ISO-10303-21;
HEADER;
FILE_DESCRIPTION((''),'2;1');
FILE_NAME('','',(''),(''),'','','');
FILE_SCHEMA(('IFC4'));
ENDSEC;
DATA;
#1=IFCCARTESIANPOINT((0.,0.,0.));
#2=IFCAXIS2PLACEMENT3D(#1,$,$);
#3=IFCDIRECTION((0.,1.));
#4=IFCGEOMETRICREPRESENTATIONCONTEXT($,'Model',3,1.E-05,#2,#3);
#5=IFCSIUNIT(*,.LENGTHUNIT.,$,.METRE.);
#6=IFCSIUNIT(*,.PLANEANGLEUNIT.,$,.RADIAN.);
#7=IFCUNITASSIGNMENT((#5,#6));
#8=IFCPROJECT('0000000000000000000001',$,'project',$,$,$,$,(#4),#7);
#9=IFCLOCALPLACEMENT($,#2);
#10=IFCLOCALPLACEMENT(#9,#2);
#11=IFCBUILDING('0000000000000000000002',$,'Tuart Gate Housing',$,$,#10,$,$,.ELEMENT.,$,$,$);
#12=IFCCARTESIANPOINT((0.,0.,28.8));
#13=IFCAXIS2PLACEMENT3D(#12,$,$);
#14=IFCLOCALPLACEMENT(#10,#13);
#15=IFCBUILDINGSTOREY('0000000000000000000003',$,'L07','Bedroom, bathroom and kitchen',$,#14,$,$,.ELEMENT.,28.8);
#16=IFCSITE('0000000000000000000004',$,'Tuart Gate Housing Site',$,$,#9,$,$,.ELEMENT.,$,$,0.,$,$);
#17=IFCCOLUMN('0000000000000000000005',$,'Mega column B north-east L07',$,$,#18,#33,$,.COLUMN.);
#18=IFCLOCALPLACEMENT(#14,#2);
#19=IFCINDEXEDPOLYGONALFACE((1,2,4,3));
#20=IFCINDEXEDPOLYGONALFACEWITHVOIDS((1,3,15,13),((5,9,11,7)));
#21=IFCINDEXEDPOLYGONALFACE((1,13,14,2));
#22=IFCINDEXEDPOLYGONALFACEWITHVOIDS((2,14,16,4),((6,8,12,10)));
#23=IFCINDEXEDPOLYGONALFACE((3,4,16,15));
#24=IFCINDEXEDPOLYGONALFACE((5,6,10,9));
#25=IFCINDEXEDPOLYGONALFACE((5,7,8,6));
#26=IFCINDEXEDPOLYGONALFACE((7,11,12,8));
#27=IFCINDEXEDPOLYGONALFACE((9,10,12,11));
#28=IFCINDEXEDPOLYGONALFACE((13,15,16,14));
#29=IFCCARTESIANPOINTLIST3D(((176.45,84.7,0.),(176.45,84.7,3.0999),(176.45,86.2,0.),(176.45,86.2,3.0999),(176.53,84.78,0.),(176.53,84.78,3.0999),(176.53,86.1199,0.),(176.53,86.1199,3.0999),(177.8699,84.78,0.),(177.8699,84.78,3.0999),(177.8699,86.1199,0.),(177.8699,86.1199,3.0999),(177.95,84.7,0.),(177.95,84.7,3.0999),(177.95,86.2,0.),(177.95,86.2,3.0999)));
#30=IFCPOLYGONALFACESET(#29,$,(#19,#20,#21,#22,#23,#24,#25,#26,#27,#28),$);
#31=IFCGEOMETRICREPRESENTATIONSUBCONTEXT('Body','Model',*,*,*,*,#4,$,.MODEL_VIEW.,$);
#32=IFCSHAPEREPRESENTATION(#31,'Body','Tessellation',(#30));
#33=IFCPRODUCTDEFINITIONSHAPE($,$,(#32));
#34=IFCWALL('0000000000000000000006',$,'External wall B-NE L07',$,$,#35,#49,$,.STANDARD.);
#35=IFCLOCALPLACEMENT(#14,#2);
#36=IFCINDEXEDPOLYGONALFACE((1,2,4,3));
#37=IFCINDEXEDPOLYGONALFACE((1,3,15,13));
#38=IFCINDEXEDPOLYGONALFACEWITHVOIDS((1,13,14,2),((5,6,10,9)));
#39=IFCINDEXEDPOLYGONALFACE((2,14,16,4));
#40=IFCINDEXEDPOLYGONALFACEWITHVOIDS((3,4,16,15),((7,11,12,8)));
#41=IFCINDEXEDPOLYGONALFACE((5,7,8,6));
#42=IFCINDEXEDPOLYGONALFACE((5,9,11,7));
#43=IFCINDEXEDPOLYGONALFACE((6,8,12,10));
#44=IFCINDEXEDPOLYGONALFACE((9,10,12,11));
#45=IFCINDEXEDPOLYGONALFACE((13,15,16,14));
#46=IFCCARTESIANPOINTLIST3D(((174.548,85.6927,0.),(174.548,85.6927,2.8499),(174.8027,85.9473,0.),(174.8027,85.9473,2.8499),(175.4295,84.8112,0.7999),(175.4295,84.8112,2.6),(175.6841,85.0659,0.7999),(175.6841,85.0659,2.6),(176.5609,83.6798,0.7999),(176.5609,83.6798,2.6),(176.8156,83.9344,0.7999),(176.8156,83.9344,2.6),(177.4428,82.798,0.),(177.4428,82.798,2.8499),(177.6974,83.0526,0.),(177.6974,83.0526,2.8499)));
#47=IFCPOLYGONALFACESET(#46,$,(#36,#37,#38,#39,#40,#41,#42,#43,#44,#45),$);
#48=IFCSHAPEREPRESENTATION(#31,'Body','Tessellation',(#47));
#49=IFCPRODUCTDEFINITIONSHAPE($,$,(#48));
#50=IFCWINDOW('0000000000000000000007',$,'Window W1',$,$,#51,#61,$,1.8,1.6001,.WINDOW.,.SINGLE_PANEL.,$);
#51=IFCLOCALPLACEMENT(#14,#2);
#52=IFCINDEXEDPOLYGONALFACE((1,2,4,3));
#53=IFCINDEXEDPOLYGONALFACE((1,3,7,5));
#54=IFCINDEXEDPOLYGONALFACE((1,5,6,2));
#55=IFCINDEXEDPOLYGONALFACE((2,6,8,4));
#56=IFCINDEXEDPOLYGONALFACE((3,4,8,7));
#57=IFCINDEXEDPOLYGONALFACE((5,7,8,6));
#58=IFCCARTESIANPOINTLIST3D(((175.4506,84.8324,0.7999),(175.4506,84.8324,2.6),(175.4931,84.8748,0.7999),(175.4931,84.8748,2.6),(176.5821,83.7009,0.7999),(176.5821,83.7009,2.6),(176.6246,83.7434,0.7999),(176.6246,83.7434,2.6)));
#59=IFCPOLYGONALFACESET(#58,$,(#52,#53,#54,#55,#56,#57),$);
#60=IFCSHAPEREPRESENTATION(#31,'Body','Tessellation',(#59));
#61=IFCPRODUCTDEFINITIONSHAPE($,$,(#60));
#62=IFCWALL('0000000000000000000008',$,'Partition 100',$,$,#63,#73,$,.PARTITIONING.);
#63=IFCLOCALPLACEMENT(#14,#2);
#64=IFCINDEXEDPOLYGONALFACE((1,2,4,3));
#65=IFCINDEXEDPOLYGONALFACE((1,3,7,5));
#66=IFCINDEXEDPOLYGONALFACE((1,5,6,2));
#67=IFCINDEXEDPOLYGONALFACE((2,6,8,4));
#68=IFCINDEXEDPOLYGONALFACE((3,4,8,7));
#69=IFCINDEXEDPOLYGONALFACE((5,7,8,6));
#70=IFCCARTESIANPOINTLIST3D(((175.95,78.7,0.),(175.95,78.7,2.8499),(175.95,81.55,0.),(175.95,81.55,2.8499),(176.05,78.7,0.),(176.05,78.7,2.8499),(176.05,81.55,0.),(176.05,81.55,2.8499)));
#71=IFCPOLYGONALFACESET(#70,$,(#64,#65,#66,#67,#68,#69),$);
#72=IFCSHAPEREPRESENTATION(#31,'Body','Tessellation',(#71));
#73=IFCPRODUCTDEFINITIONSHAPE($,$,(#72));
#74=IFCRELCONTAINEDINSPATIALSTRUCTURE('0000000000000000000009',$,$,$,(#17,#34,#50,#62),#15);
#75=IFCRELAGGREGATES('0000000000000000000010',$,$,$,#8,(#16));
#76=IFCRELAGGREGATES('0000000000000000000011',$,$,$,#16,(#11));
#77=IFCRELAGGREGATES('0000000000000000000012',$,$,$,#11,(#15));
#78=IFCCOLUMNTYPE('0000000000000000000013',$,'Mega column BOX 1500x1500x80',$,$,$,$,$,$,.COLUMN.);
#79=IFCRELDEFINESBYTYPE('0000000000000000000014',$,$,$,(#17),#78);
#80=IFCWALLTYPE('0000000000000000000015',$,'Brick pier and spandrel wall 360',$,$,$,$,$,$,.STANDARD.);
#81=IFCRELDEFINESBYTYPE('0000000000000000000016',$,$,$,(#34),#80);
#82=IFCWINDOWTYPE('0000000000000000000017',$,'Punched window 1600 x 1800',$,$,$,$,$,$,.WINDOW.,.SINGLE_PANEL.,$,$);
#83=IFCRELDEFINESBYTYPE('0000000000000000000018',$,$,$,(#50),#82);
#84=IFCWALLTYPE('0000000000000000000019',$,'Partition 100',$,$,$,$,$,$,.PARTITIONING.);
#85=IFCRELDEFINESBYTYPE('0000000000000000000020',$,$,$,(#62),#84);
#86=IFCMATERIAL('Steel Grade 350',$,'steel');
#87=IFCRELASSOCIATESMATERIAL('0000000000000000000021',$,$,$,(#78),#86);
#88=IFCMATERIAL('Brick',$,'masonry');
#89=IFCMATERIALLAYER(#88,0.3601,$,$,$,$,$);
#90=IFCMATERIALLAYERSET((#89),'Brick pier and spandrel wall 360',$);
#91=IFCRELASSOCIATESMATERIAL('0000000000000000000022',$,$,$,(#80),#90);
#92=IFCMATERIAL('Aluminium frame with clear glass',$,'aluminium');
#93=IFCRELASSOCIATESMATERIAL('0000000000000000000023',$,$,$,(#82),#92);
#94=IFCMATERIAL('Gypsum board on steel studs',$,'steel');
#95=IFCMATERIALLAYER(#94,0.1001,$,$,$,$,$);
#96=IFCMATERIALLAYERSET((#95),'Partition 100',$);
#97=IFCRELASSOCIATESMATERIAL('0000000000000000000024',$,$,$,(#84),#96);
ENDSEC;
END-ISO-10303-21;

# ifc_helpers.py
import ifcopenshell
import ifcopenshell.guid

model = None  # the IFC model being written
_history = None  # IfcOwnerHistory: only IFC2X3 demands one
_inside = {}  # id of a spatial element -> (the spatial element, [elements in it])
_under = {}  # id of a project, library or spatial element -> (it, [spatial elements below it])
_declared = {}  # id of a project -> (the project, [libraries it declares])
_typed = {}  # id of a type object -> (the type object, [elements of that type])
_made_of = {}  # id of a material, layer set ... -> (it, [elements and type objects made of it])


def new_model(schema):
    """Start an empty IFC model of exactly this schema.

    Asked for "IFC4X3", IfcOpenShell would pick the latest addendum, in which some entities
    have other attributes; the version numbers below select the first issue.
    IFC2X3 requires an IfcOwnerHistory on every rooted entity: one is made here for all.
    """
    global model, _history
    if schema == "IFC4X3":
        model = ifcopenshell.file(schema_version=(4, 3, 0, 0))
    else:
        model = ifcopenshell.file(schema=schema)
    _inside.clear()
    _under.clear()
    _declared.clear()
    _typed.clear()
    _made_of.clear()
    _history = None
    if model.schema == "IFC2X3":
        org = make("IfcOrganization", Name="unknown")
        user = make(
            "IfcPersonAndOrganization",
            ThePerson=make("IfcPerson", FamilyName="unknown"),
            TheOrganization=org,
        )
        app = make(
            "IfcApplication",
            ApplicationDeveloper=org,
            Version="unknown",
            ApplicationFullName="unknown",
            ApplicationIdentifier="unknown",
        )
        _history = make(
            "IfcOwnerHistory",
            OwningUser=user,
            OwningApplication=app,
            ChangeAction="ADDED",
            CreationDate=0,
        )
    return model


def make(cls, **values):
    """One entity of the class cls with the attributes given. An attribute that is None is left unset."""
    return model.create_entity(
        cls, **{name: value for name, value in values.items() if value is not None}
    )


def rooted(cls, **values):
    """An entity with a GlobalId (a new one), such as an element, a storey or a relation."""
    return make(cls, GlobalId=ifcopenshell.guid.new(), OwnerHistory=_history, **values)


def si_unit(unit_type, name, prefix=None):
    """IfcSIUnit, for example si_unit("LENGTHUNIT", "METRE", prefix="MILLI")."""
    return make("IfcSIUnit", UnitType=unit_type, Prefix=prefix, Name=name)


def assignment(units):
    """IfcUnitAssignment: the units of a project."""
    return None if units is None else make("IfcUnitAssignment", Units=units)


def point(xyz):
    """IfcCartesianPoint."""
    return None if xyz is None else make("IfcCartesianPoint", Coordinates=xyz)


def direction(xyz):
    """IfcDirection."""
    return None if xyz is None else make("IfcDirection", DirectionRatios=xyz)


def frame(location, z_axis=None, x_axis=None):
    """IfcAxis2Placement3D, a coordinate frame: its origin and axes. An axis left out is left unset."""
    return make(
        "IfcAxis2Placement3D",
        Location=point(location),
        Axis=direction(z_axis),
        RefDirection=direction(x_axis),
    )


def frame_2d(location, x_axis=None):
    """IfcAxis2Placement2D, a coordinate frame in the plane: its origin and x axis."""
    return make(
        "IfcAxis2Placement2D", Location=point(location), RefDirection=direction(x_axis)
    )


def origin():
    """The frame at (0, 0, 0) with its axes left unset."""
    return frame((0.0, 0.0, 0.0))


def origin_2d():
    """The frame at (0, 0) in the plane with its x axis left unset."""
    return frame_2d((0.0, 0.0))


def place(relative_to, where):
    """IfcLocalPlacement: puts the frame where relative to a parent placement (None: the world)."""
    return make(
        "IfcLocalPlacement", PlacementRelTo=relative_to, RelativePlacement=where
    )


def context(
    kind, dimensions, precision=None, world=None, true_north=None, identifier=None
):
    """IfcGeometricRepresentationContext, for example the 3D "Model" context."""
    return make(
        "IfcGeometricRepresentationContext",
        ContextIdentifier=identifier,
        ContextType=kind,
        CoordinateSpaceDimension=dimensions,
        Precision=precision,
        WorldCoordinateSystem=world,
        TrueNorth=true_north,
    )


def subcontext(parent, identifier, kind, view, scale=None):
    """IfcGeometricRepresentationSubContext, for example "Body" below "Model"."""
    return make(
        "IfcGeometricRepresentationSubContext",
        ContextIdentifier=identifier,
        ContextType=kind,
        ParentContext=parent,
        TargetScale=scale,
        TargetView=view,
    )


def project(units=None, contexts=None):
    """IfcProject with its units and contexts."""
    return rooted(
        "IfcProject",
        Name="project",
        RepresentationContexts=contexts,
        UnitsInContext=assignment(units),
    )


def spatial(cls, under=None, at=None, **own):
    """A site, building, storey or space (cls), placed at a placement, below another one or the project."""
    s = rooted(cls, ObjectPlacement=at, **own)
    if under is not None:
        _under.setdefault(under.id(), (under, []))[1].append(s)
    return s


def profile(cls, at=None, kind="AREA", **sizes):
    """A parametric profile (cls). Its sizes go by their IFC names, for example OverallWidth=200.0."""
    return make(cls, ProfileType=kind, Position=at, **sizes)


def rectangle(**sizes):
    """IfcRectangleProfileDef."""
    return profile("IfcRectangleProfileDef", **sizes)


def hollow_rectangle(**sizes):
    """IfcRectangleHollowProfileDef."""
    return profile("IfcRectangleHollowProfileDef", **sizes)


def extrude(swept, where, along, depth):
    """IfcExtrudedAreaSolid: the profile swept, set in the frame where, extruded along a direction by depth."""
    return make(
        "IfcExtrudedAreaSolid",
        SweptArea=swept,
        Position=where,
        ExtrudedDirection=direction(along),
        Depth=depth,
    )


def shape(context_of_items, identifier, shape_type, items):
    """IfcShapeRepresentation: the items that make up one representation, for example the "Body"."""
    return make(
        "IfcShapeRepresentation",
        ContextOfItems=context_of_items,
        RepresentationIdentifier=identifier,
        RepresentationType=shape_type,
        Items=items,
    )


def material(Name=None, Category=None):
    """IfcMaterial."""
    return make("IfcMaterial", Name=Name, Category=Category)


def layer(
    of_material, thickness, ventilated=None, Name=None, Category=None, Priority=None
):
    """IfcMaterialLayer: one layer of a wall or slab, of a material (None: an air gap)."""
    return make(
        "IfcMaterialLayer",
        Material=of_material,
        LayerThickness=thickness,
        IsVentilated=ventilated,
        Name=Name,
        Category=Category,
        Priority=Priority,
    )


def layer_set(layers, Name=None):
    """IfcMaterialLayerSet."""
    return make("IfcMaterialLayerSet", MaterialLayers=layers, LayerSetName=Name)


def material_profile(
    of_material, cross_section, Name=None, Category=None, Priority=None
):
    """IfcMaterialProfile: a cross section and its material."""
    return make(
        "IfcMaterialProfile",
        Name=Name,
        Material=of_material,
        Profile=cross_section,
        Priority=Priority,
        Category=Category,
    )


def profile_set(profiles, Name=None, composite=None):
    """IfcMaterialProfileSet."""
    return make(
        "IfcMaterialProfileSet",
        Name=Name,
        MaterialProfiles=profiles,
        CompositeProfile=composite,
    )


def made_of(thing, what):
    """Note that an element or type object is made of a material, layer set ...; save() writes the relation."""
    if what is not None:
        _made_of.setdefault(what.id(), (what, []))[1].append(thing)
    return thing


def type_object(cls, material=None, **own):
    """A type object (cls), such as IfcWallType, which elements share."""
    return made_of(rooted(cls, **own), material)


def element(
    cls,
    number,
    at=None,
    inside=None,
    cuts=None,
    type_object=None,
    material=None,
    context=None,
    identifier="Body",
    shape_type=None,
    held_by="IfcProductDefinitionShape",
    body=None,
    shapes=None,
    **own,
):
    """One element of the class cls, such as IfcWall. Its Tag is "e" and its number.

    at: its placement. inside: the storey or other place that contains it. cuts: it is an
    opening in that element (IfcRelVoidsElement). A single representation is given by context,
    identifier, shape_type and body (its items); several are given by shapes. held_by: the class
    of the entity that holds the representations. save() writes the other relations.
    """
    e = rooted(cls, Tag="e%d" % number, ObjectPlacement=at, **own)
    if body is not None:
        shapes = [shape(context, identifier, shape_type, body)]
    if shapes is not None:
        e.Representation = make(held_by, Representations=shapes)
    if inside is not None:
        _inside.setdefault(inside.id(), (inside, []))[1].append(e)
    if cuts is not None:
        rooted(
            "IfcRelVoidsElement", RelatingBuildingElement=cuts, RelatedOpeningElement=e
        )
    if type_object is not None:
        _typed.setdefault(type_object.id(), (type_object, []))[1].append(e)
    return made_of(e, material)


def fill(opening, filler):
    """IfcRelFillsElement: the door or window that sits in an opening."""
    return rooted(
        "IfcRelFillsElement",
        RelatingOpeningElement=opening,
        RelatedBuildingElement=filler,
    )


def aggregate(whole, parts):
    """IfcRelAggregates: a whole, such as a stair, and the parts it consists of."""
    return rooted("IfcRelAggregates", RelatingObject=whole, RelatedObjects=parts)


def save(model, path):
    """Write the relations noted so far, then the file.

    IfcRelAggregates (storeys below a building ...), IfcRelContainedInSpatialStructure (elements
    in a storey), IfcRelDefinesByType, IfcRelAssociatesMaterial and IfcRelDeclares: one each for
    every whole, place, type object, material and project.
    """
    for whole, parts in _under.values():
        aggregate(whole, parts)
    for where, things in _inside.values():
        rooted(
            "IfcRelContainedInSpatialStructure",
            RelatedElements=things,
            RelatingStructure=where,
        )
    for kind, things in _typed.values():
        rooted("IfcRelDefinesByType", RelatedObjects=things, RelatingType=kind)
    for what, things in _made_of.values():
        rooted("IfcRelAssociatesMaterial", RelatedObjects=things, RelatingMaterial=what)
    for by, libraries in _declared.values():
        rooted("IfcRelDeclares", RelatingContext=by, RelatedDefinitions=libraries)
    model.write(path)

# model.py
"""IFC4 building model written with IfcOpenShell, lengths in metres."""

from ifc_helpers import new_model, si_unit, direction, frame, frame_2d, origin, origin_2d, place, context, subcontext, project, spatial, rectangle, hollow_rectangle, extrude, material, layer, layer_set, material_profile, profile_set, type_object, element, fill, save


model = new_model("IFC4")

# Units and contexts
model_context = context("Model", 3, precision=1e-05, world=origin(), true_north=direction((0.0, 1.0)))
body_context = subcontext(model_context, "Body", "Model", "MODEL_VIEW")
ifc_project = project(units=[si_unit("LENGTHUNIT", "METRE"), si_unit("PLANEANGLEUNIT", "RADIAN")], contexts=[model_context])

# Site, building, storey
site_placement = place(None, origin())
site = spatial("IfcSite", under=ifc_project, at=site_placement, Name="Tuart Gate Housing Site", CompositionType="ELEMENT", RefElevation=0.0)
building_placement = place(site_placement, origin())
building = spatial("IfcBuilding", under=site, at=building_placement, Name="Tuart Gate Housing", CompositionType="ELEMENT")
storey_placement = place(building_placement, frame((0.0, 0.0, 28.8)))
storey = spatial("IfcBuildingStorey", under=building, at=storey_placement, Name="L07", Description="Bedroom, bathroom and kitchen", CompositionType="ELEMENT", Elevation=28.8)

# Column
ifc_material_1 = material(Name="Steel Grade 350", Category="steel")
ifc_material_profile = material_profile(ifc_material_1, hollow_rectangle(XDim=1.5, YDim=1.5, WallThickness=0.0801, at=origin_2d()), Name="BOX 1500x1500x80")
ifc_profile_set = profile_set([ifc_material_profile], Name="Steel Grade 350")
column_type = type_object("IfcColumnType", Name="Mega column BOX 1500x1500x80", PredefinedType="COLUMN", material=ifc_profile_set)
column_placement = place(storey_placement, frame((177.2, 85.45, 0.0), z_axis=(0.0, 0.0, 1.0), x_axis=(1.0, 0.0, 0.0)))
element("IfcColumn", 1, at=column_placement, inside=storey, type_object=column_type, Name="Mega column B north-east L07", PredefinedType="COLUMN", context=body_context, shape_type="SweptSolid", body=[
    extrude(hollow_rectangle(XDim=1.5, YDim=1.5, WallThickness=0.0801, at=origin_2d()), origin(), (0.0, 0.0, 1.0), 3.0999),
])

# Wall, opening, window
ifc_material_2 = material(Name="Brick", Category="masonry")
ifc_layer_1 = layer(ifc_material_2, 0.3601)
ifc_layer_set_1 = layer_set([ifc_layer_1], Name="Brick pier and spandrel wall 360")
wall_type_1 = type_object("IfcWallType", Name="Brick pier and spandrel wall 360", PredefinedType="STANDARD", material=ifc_layer_set_1)
wall_1_placement = place(storey_placement, frame((177.5701, 82.9253, 0.0), z_axis=(0.0, 0.0, 1.0), x_axis=(-0.707107, 0.707107, 0.0)))
wall_1 = element("IfcWall", 2, at=wall_1_placement, inside=storey, type_object=wall_type_1, Name="External wall B-NE L07", PredefinedType="STANDARD", context=body_context, shape_type="SweptSolid", body=[
    extrude(rectangle(XDim=4.0938, YDim=0.3601, at=frame_2d((2.0469, 0.0))), origin(), (0.0, 0.0, 1.0), 2.8499),
])
opening_1_placement = place(wall_1_placement, frame((1.2471, 0.0, 0.8)))
opening_1 = element("IfcOpeningElement", 3, at=opening_1_placement, cuts=wall_1, PredefinedType="OPENING", context=body_context, shape_type="SweptSolid", body=[
    extrude(rectangle(XDim=1.6001, YDim=1.8, at=frame_2d((0.8, 0.8999))), frame((0.0, 0.1899, 0.0), z_axis=(0.0, -1.0, 0.0), x_axis=(1.0, 0.0, 0.0)), (0.0, 0.0, 1.0), 0.3801),
])
ifc_material_3 = material(Name="Aluminium frame with clear glass", Category="aluminium")
window_type_1 = type_object("IfcWindowType", Name="Punched window 1600 x 1800", PartitioningType="SINGLE_PANEL", PredefinedType="WINDOW", material=ifc_material_3)
window_1_placement = place(opening_1_placement, origin())
window_1 = element("IfcWindow", 4, at=window_1_placement, inside=storey, type_object=window_type_1, Name="Window W1", OverallHeight=1.8, OverallWidth=1.6001, PartitioningType="SINGLE_PANEL", PredefinedType="WINDOW", context=body_context, shape_type="SweptSolid", body=[
    extrude(rectangle(XDim=1.6001, YDim=1.8, at=frame_2d((0.8, 0.8999))), frame((0.0, 0.1501, 0.0), z_axis=(0.0, -1.0, 0.0), x_axis=(1.0, 0.0, 0.0)), (0.0, 0.0, 1.0), 0.0601),
])
fill(opening_1, window_1)

# Wall
ifc_material_4 = material(Name="Gypsum board on steel studs", Category="steel")
ifc_layer_2 = layer(ifc_material_4, 0.1001)
ifc_layer_set_2 = layer_set([ifc_layer_2], Name="Partition 100")
wall_type_2 = type_object("IfcWallType", Name="Partition 100", PredefinedType="PARTITIONING", material=ifc_layer_set_2)
wall_2_placement = place(storey_placement, frame((176.0, 78.7, 0.0), z_axis=(0.0, 0.0, 1.0), x_axis=(0.0, 1.0, 0.0)))
element("IfcWall", 5, at=wall_2_placement, inside=storey, type_object=wall_type_2, Name="Partition 100", PredefinedType="PARTITIONING", context=body_context, shape_type="SweptSolid", body=[
    extrude(rectangle(XDim=2.8501, YDim=0.1001, at=frame_2d((1.425, 0.0))), origin(), (0.0, 0.0, 1.0), 2.8499),
])

save(model, "model.ifc")
